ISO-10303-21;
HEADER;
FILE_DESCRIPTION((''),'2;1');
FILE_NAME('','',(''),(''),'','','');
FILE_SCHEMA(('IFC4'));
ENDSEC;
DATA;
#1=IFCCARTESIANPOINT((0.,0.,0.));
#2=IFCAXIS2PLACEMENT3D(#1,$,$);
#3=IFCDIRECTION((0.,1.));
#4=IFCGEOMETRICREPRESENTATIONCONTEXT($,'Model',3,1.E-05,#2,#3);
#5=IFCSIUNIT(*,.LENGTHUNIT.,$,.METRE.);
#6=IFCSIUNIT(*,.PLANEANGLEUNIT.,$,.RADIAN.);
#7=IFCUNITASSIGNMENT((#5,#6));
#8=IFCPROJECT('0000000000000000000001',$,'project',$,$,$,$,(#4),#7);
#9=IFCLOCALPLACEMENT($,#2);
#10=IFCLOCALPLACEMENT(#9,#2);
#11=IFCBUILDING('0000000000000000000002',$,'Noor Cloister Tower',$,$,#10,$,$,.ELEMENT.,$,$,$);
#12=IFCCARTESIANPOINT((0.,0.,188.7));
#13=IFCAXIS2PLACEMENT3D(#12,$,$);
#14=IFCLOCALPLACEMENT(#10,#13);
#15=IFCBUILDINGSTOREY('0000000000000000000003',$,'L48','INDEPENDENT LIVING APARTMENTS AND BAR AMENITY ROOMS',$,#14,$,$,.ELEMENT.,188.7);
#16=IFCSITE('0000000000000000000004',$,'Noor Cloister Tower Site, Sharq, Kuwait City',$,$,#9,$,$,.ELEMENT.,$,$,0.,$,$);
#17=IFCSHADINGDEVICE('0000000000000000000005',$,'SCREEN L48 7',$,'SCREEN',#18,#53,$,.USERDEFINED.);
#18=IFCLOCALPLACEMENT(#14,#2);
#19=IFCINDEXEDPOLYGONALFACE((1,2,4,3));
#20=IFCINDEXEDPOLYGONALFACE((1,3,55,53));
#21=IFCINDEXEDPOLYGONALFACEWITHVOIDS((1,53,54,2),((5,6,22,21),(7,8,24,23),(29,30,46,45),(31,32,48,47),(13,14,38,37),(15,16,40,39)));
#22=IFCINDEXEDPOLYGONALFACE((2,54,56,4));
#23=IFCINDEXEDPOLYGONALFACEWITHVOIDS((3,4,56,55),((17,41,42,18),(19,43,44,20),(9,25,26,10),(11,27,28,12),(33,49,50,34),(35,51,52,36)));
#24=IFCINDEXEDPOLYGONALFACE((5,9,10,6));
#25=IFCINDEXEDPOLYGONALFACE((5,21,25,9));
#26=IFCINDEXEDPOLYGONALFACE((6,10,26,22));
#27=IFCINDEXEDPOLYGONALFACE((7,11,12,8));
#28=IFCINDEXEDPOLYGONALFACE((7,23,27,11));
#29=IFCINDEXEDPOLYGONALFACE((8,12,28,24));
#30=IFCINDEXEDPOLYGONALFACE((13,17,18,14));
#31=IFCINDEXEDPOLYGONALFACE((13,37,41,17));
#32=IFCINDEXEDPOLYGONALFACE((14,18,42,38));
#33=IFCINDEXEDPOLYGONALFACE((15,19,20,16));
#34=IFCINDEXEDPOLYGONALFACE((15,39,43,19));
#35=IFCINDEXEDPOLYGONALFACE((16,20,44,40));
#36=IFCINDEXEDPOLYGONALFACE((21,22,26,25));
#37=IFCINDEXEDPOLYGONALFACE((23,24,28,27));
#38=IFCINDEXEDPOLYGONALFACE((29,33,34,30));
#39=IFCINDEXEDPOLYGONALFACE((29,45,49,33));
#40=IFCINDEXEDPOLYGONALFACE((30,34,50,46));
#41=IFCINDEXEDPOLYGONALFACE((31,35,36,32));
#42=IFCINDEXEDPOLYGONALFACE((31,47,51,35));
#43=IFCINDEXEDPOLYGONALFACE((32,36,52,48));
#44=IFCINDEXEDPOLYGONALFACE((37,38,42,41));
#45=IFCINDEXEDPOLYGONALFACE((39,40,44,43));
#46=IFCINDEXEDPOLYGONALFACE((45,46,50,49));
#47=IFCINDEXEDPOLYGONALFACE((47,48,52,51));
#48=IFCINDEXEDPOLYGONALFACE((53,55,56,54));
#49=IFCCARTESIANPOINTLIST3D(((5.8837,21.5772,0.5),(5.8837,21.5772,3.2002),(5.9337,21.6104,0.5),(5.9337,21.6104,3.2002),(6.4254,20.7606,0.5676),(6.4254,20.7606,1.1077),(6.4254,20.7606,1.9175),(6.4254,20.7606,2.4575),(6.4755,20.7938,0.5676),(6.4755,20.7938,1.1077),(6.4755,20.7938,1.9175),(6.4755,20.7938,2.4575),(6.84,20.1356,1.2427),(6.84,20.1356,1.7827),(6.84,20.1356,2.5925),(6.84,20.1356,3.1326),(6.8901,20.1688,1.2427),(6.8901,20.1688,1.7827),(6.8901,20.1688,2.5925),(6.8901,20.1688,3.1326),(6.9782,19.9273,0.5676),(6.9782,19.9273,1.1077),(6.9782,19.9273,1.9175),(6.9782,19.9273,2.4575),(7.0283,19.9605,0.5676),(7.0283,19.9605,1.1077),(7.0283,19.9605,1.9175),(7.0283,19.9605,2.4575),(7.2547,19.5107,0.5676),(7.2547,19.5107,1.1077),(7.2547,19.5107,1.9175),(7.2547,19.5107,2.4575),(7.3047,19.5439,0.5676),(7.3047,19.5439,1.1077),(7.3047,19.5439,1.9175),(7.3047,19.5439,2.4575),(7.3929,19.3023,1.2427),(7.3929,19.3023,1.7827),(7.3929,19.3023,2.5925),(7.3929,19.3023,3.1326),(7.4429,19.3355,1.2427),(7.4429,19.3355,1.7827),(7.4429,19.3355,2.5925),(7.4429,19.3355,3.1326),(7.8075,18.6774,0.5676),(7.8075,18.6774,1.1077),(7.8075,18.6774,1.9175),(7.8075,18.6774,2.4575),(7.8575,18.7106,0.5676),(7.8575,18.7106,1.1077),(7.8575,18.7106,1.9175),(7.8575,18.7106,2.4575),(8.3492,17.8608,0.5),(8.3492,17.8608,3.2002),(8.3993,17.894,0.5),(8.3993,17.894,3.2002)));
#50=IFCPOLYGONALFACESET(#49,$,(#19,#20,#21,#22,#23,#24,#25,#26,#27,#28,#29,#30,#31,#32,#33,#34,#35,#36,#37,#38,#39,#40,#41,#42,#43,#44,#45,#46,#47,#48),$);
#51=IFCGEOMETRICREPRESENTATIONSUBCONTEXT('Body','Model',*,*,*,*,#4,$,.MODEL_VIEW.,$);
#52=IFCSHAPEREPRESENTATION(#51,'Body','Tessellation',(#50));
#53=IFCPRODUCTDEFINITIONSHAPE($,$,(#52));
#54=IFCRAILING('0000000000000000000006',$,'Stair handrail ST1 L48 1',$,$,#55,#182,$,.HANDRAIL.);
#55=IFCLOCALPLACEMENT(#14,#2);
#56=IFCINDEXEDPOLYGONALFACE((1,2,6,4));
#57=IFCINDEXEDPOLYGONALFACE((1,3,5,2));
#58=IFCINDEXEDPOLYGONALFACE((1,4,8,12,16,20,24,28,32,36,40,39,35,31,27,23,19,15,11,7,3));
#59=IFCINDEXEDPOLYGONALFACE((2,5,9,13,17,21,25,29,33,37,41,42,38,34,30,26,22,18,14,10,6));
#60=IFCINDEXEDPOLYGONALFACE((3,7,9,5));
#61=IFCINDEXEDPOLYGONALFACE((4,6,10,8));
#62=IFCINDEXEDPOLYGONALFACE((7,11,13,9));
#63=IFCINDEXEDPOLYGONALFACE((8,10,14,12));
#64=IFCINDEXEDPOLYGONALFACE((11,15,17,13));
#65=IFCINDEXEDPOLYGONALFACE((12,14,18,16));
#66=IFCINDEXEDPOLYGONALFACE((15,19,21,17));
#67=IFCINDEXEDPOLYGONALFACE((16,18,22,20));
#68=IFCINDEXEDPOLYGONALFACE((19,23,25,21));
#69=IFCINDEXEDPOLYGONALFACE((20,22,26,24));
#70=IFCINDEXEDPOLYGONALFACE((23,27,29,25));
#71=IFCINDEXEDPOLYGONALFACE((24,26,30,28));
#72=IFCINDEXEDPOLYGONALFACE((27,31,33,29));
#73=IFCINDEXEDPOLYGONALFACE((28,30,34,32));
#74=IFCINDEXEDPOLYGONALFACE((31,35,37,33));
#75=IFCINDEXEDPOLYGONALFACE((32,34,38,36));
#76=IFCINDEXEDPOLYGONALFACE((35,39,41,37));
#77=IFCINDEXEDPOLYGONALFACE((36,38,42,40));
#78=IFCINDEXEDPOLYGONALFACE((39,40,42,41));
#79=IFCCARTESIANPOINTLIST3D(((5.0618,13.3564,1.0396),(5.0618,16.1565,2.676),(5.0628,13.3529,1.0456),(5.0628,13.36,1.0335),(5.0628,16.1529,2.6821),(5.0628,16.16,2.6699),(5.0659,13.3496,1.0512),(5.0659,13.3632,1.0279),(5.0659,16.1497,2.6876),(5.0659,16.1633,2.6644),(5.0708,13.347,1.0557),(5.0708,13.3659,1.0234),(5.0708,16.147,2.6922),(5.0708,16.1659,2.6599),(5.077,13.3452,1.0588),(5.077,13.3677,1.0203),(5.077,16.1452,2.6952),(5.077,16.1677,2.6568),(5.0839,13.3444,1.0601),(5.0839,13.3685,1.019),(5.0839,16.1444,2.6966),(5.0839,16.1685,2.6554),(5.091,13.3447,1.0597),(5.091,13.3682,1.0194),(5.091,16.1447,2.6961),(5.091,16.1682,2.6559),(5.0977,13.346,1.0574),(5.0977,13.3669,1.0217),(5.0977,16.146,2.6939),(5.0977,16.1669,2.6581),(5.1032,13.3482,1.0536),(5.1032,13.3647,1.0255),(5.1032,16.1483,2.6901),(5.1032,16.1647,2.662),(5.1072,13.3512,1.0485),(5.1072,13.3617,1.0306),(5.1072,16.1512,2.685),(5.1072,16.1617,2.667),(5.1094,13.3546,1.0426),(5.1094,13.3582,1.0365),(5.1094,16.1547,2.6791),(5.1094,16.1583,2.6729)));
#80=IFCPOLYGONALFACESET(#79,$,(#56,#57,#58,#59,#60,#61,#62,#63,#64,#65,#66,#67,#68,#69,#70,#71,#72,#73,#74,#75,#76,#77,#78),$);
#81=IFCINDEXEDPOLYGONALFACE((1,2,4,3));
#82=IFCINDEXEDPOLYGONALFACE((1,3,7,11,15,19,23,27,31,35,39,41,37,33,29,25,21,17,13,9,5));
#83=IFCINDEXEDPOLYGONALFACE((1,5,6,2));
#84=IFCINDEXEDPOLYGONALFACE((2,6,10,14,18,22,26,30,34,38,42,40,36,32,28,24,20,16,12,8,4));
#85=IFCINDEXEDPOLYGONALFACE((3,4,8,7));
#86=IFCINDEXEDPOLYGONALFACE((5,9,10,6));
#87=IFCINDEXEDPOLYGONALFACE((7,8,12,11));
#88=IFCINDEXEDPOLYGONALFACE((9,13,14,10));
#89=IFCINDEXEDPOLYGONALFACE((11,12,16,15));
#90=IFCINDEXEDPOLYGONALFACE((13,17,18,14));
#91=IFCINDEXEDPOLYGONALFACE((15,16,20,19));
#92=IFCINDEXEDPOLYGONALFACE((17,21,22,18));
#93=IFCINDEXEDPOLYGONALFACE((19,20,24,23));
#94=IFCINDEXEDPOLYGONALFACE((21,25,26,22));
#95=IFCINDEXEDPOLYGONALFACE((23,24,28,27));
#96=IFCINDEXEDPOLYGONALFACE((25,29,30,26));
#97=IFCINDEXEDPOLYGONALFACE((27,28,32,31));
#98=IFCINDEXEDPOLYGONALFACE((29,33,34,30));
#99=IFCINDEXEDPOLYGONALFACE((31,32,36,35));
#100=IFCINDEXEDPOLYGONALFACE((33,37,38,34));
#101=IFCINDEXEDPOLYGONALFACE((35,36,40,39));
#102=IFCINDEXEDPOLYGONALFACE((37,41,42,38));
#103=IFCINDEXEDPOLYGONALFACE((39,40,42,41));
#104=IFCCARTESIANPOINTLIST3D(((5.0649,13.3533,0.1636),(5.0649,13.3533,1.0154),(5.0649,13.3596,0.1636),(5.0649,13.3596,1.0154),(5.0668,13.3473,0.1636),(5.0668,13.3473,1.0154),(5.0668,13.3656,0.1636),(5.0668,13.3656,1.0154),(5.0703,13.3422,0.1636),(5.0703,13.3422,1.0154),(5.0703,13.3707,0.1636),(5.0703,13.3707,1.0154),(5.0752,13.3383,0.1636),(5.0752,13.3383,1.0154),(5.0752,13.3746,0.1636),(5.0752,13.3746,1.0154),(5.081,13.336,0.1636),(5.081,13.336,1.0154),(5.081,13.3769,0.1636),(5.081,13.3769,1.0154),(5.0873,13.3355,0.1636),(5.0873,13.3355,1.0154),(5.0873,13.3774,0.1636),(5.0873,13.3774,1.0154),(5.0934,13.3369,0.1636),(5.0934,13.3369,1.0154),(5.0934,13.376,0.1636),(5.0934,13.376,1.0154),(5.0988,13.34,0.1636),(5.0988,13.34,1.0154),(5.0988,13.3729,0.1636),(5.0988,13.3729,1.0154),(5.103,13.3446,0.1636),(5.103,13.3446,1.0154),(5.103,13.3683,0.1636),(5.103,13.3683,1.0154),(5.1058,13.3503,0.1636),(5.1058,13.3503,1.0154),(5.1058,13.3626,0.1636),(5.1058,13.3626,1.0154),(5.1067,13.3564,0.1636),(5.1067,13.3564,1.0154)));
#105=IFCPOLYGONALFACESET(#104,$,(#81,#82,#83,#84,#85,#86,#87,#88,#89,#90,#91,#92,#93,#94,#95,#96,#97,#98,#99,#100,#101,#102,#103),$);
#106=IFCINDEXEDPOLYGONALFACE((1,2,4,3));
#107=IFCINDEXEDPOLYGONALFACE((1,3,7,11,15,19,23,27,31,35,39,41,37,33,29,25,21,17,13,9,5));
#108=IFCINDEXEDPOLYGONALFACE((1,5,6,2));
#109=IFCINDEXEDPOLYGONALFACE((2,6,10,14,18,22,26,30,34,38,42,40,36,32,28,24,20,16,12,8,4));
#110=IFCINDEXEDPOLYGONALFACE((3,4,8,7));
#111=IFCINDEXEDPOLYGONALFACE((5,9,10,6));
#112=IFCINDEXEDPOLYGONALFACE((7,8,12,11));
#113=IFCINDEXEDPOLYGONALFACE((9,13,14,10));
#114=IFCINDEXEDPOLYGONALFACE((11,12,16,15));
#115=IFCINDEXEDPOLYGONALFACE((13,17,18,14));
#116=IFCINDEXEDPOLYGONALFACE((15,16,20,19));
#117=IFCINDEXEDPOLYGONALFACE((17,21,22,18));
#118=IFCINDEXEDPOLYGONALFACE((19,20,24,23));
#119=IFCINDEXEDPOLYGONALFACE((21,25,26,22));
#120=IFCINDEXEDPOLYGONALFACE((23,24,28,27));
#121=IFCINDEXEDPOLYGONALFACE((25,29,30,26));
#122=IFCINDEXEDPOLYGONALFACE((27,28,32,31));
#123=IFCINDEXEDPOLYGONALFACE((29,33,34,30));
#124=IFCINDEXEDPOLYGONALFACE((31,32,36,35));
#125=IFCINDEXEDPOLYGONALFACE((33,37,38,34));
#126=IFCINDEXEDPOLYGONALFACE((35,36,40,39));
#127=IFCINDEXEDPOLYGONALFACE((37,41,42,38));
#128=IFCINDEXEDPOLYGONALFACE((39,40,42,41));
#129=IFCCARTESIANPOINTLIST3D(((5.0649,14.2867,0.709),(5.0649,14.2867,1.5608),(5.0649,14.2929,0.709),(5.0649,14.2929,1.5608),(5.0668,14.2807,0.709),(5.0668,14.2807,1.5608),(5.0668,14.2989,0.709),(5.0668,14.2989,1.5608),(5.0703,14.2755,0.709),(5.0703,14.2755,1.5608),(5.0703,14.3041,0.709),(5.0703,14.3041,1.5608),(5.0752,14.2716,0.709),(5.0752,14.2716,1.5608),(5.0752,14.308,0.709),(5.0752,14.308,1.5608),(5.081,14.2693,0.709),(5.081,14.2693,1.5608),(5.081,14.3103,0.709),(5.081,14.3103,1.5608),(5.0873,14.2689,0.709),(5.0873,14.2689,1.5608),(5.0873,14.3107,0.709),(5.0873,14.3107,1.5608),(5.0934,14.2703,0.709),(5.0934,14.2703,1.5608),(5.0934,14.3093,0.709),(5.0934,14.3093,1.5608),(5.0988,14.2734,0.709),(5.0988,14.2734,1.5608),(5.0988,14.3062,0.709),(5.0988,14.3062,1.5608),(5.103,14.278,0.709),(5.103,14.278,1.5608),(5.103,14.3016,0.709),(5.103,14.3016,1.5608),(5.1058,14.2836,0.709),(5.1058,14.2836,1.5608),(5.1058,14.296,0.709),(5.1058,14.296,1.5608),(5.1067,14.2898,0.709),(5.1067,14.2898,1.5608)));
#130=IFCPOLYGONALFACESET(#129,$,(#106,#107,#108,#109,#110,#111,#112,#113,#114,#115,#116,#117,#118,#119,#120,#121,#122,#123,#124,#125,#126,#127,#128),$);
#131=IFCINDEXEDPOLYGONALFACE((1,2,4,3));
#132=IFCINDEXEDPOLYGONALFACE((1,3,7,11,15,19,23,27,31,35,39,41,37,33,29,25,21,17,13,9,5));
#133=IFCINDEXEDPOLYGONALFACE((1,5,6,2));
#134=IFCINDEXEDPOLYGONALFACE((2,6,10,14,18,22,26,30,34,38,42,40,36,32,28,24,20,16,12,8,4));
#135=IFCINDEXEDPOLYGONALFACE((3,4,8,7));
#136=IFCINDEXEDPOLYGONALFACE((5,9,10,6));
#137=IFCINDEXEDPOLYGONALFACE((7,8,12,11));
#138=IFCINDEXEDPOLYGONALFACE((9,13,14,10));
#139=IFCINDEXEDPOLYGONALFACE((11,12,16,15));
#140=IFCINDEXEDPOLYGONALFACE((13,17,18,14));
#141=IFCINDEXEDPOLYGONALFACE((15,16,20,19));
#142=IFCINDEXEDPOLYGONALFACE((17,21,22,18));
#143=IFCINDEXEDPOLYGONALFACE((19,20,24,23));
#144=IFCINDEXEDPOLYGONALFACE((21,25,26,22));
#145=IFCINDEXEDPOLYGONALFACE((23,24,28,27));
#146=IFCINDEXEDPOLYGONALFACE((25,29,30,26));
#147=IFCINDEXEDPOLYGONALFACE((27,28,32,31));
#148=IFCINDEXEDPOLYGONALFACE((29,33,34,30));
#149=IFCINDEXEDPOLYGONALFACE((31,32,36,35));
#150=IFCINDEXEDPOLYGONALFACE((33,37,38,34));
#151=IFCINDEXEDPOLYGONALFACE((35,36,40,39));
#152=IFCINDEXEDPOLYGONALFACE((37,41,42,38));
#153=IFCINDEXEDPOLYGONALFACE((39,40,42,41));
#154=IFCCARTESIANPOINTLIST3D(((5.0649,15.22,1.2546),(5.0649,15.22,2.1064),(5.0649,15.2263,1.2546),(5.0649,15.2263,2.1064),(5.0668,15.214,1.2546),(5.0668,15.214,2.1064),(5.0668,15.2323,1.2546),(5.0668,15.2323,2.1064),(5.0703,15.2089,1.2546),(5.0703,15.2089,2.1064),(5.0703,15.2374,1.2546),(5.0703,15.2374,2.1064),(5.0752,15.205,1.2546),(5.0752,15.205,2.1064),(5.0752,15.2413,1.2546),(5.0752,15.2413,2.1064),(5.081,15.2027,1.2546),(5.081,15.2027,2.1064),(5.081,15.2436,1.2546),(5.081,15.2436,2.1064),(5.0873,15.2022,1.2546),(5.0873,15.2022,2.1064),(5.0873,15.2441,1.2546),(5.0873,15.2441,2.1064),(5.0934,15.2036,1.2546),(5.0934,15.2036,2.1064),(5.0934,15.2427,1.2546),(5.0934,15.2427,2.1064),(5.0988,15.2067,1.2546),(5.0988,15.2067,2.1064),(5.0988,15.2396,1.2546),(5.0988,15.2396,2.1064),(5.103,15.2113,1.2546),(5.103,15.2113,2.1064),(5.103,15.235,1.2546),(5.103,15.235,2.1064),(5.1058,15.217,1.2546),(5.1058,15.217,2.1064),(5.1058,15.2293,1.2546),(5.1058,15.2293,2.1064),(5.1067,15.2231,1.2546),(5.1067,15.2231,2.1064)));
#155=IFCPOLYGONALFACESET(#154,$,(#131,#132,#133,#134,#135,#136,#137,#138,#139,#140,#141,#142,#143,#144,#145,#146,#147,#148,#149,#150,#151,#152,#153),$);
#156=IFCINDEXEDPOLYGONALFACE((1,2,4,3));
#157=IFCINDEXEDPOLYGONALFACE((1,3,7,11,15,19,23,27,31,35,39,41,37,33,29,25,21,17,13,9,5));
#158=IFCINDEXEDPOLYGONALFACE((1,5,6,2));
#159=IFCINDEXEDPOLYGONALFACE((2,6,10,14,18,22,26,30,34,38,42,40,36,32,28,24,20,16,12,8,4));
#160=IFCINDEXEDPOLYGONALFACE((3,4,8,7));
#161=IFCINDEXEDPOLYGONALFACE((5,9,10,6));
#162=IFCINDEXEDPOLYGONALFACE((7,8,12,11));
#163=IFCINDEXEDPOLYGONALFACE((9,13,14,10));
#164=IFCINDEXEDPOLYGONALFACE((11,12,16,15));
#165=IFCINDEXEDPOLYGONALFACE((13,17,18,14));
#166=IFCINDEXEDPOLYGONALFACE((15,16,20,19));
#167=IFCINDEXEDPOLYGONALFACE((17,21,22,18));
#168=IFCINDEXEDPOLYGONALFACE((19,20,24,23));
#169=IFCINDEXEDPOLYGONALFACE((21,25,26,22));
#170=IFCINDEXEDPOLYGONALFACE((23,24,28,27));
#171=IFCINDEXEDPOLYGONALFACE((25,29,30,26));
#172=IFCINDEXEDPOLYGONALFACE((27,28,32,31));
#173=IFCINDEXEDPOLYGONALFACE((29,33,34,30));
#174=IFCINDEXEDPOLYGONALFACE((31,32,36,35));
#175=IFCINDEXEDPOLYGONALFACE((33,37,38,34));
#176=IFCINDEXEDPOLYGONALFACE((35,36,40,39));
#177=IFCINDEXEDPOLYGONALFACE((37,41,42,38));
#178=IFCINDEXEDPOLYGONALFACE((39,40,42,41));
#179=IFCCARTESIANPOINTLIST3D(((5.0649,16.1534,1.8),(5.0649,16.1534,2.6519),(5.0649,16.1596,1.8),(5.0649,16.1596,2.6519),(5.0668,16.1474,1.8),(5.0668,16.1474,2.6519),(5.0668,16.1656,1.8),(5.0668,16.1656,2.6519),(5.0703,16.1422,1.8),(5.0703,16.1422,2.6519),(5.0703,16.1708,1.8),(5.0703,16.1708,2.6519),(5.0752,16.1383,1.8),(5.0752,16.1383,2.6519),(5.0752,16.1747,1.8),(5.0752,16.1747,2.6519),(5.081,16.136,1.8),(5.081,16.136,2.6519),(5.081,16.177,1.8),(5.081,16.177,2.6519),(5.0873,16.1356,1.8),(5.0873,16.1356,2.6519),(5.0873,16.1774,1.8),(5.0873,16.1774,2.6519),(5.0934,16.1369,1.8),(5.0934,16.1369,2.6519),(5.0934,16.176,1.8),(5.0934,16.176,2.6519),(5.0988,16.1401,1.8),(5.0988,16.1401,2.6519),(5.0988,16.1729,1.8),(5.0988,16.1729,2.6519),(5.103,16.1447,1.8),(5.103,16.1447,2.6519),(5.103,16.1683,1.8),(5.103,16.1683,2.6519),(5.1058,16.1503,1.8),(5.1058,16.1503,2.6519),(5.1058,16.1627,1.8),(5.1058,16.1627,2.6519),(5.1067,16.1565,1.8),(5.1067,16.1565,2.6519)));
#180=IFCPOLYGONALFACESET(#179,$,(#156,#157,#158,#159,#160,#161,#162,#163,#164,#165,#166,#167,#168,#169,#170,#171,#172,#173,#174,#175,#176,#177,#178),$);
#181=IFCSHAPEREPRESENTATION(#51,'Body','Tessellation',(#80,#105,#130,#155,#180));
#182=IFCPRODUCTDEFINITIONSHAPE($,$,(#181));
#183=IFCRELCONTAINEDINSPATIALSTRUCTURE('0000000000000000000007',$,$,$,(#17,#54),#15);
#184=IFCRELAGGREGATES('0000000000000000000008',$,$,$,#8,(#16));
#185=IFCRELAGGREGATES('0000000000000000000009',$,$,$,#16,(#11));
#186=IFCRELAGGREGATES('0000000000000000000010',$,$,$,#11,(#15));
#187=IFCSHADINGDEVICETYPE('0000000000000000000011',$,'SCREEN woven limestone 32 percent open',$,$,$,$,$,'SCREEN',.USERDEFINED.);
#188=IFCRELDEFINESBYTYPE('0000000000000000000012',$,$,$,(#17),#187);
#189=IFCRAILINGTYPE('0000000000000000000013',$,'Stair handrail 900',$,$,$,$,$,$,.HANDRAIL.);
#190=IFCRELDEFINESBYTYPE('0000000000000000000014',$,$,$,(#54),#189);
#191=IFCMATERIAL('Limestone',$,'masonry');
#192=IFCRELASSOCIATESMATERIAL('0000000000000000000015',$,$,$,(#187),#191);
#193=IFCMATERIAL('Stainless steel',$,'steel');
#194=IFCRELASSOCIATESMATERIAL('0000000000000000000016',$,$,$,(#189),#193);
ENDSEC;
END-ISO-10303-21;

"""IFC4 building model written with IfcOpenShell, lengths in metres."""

from ifc_helpers import new_model, si_unit, direction, frame, origin, origin_2d, place, context, subcontext, project, spatial, polyline, circle, outline, extrude, material, material_profile, profile_set, type_object, element, save


model = new_model("IFC4")

# Units and contexts
model_context = context("Model", 3, precision=1e-05, world=origin(), true_north=direction((0.0, 1.0)))
body_context = subcontext(model_context, "Body", "Model", "MODEL_VIEW")
ifc_project = project(units=[si_unit("LENGTHUNIT", "METRE"), si_unit("PLANEANGLEUNIT", "RADIAN")], contexts=[model_context])

# Site, building, storey
site_placement = place(None, origin())
site = spatial("IfcSite", under=ifc_project, at=site_placement, Name="Noor Cloister Tower Site, Sharq, Kuwait City", CompositionType="ELEMENT", RefElevation=0.0)
building_placement = place(site_placement, origin())
building = spatial("IfcBuilding", under=site, at=building_placement, Name="Noor Cloister Tower", CompositionType="ELEMENT")
storey_placement = place(building_placement, frame((0.0, 0.0, 188.7)))
storey = spatial("IfcBuildingStorey", under=building, at=storey_placement, Name="L48", Description="INDEPENDENT LIVING APARTMENTS AND BAR AMENITY ROOMS", CompositionType="ELEMENT", Elevation=188.7)

# Shading device
ifc_material_1 = material(Name="Limestone", Category="masonry")
ifc_material_profile_1 = material_profile(ifc_material_1, outline(polyline([(-2.23, -1.3501), (2.23, -1.3501), (2.23, 1.3501), (-2.23, 1.3501), (-2.23, -1.3501)]), holes=[polyline([(-1.25, -1.2825), (-0.25, -1.2825), (-0.25, -0.7424), (-1.25, -0.7424), (-1.25, -1.2825)]), polyline([(0.25, -1.2825), (1.25, -1.2825), (1.25, -0.7424), (0.25, -0.7424), (0.25, -1.2825)]), polyline([(-0.5, -0.6074), (0.5, -0.6074), (0.5, -0.0674), (-0.5, -0.0674), (-0.5, -0.6074)]), polyline([(-1.25, 0.0674), (-0.25, 0.0674), (-0.25, 0.6074), (-1.25, 0.6074), (-1.25, 0.0674)]), polyline([(0.25, 0.0674), (1.25, 0.0674), (1.25, 0.6074), (0.25, 0.6074), (0.25, 0.0674)]), polyline([(-0.5, 0.7424), (0.5, 0.7424), (0.5, 1.2825), (-0.5, 1.2825), (-0.5, 0.7424)])]), Name="Woven screen 32 percent open")
ifc_profile_set_1 = profile_set([ifc_material_profile_1], Name="Limestone")
shading_device_type = type_object("IfcShadingDeviceType", Name="SCREEN woven limestone 32 percent open", ElementType="SCREEN", PredefinedType="USERDEFINED", material=ifc_profile_set_1)
for number, where, z_axis, x_axis, name in (
    (1, (7.1165, 19.719, 1.8501), (0.833299, 0.552823, 0.0), (-0.552823, 0.833299, 0.0), "SCREEN L48 7"),
):
    element("IfcShadingDevice", number, at=place(storey_placement, frame(where, z_axis=z_axis, x_axis=x_axis)), inside=storey, type_object=shading_device_type, Name=name, ObjectType="SCREEN", PredefinedType="USERDEFINED", context=body_context, shape_type="SweptSolid", body=[
        extrude(outline(polyline([(-2.23, -1.3501), (2.23, -1.3501), (2.23, 1.3501), (-2.23, 1.3501), (-2.23, -1.3501)]), holes=[polyline([(-1.25, -1.2825), (-0.25, -1.2825), (-0.25, -0.7424), (-1.25, -0.7424), (-1.25, -1.2825)]), polyline([(0.25, -1.2825), (1.25, -1.2825), (1.25, -0.7424), (0.25, -0.7424), (0.25, -1.2825)]), polyline([(-0.5, -0.6074), (0.5, -0.6074), (0.5, -0.0674), (-0.5, -0.0674), (-0.5, -0.6074)]), polyline([(-1.25, 0.0674), (-0.25, 0.0674), (-0.25, 0.6074), (-1.25, 0.6074), (-1.25, 0.0674)]), polyline([(0.25, 0.0674), (1.25, 0.0674), (1.25, 0.6074), (0.25, 0.6074), (0.25, 0.0674)]), polyline([(-0.5, 0.7424), (0.5, 0.7424), (0.5, 1.2825), (-0.5, 1.2825), (-0.5, 0.7424)])]), origin(), (0.0, 0.0, 1.0), 0.0601),
    ])

# Railing
ifc_material_2 = material(Name="Stainless steel", Category="steel")
railing_type_1 = type_object("IfcRailingType", Name="Stair handrail 900", PredefinedType="HANDRAIL", material=ifc_material_2)
railing_1_placement = place(storey_placement, frame((5.0857, 13.3564, 0.1636)))
element("IfcRailing", 2, at=railing_1_placement, inside=storey, type_object=railing_type_1, Name="Stair handrail ST1 L48 1", PredefinedType="HANDRAIL", context=body_context, shape_type="SweptSolid", body=[
    extrude(circle(Radius=0.0239, at=origin_2d()), frame((0.0, 0.0, 0.876), z_axis=(0.0, 0.863361, 0.504587), x_axis=(-1.0, 0.0, 0.0)), (0.0, 0.0, 1.0), 3.2432),
    extrude(circle(Radius=0.021, at=origin_2d()), origin(), (0.0, 0.0, 1.0), 0.8518),
    extrude(circle(Radius=0.021, at=origin_2d()), frame((0.0, 0.9333, 0.5454)), (0.0, 0.0, 1.0), 0.8518),
    extrude(circle(Radius=0.021, at=origin_2d()), frame((0.0, 1.8667, 1.0911)), (0.0, 0.0, 1.0), 0.8518),
    extrude(circle(Radius=0.021, at=origin_2d()), frame((0.0, 2.8, 1.6365)), (0.0, 0.0, 1.0), 0.8518),
])

save(model, "model.ifc")
